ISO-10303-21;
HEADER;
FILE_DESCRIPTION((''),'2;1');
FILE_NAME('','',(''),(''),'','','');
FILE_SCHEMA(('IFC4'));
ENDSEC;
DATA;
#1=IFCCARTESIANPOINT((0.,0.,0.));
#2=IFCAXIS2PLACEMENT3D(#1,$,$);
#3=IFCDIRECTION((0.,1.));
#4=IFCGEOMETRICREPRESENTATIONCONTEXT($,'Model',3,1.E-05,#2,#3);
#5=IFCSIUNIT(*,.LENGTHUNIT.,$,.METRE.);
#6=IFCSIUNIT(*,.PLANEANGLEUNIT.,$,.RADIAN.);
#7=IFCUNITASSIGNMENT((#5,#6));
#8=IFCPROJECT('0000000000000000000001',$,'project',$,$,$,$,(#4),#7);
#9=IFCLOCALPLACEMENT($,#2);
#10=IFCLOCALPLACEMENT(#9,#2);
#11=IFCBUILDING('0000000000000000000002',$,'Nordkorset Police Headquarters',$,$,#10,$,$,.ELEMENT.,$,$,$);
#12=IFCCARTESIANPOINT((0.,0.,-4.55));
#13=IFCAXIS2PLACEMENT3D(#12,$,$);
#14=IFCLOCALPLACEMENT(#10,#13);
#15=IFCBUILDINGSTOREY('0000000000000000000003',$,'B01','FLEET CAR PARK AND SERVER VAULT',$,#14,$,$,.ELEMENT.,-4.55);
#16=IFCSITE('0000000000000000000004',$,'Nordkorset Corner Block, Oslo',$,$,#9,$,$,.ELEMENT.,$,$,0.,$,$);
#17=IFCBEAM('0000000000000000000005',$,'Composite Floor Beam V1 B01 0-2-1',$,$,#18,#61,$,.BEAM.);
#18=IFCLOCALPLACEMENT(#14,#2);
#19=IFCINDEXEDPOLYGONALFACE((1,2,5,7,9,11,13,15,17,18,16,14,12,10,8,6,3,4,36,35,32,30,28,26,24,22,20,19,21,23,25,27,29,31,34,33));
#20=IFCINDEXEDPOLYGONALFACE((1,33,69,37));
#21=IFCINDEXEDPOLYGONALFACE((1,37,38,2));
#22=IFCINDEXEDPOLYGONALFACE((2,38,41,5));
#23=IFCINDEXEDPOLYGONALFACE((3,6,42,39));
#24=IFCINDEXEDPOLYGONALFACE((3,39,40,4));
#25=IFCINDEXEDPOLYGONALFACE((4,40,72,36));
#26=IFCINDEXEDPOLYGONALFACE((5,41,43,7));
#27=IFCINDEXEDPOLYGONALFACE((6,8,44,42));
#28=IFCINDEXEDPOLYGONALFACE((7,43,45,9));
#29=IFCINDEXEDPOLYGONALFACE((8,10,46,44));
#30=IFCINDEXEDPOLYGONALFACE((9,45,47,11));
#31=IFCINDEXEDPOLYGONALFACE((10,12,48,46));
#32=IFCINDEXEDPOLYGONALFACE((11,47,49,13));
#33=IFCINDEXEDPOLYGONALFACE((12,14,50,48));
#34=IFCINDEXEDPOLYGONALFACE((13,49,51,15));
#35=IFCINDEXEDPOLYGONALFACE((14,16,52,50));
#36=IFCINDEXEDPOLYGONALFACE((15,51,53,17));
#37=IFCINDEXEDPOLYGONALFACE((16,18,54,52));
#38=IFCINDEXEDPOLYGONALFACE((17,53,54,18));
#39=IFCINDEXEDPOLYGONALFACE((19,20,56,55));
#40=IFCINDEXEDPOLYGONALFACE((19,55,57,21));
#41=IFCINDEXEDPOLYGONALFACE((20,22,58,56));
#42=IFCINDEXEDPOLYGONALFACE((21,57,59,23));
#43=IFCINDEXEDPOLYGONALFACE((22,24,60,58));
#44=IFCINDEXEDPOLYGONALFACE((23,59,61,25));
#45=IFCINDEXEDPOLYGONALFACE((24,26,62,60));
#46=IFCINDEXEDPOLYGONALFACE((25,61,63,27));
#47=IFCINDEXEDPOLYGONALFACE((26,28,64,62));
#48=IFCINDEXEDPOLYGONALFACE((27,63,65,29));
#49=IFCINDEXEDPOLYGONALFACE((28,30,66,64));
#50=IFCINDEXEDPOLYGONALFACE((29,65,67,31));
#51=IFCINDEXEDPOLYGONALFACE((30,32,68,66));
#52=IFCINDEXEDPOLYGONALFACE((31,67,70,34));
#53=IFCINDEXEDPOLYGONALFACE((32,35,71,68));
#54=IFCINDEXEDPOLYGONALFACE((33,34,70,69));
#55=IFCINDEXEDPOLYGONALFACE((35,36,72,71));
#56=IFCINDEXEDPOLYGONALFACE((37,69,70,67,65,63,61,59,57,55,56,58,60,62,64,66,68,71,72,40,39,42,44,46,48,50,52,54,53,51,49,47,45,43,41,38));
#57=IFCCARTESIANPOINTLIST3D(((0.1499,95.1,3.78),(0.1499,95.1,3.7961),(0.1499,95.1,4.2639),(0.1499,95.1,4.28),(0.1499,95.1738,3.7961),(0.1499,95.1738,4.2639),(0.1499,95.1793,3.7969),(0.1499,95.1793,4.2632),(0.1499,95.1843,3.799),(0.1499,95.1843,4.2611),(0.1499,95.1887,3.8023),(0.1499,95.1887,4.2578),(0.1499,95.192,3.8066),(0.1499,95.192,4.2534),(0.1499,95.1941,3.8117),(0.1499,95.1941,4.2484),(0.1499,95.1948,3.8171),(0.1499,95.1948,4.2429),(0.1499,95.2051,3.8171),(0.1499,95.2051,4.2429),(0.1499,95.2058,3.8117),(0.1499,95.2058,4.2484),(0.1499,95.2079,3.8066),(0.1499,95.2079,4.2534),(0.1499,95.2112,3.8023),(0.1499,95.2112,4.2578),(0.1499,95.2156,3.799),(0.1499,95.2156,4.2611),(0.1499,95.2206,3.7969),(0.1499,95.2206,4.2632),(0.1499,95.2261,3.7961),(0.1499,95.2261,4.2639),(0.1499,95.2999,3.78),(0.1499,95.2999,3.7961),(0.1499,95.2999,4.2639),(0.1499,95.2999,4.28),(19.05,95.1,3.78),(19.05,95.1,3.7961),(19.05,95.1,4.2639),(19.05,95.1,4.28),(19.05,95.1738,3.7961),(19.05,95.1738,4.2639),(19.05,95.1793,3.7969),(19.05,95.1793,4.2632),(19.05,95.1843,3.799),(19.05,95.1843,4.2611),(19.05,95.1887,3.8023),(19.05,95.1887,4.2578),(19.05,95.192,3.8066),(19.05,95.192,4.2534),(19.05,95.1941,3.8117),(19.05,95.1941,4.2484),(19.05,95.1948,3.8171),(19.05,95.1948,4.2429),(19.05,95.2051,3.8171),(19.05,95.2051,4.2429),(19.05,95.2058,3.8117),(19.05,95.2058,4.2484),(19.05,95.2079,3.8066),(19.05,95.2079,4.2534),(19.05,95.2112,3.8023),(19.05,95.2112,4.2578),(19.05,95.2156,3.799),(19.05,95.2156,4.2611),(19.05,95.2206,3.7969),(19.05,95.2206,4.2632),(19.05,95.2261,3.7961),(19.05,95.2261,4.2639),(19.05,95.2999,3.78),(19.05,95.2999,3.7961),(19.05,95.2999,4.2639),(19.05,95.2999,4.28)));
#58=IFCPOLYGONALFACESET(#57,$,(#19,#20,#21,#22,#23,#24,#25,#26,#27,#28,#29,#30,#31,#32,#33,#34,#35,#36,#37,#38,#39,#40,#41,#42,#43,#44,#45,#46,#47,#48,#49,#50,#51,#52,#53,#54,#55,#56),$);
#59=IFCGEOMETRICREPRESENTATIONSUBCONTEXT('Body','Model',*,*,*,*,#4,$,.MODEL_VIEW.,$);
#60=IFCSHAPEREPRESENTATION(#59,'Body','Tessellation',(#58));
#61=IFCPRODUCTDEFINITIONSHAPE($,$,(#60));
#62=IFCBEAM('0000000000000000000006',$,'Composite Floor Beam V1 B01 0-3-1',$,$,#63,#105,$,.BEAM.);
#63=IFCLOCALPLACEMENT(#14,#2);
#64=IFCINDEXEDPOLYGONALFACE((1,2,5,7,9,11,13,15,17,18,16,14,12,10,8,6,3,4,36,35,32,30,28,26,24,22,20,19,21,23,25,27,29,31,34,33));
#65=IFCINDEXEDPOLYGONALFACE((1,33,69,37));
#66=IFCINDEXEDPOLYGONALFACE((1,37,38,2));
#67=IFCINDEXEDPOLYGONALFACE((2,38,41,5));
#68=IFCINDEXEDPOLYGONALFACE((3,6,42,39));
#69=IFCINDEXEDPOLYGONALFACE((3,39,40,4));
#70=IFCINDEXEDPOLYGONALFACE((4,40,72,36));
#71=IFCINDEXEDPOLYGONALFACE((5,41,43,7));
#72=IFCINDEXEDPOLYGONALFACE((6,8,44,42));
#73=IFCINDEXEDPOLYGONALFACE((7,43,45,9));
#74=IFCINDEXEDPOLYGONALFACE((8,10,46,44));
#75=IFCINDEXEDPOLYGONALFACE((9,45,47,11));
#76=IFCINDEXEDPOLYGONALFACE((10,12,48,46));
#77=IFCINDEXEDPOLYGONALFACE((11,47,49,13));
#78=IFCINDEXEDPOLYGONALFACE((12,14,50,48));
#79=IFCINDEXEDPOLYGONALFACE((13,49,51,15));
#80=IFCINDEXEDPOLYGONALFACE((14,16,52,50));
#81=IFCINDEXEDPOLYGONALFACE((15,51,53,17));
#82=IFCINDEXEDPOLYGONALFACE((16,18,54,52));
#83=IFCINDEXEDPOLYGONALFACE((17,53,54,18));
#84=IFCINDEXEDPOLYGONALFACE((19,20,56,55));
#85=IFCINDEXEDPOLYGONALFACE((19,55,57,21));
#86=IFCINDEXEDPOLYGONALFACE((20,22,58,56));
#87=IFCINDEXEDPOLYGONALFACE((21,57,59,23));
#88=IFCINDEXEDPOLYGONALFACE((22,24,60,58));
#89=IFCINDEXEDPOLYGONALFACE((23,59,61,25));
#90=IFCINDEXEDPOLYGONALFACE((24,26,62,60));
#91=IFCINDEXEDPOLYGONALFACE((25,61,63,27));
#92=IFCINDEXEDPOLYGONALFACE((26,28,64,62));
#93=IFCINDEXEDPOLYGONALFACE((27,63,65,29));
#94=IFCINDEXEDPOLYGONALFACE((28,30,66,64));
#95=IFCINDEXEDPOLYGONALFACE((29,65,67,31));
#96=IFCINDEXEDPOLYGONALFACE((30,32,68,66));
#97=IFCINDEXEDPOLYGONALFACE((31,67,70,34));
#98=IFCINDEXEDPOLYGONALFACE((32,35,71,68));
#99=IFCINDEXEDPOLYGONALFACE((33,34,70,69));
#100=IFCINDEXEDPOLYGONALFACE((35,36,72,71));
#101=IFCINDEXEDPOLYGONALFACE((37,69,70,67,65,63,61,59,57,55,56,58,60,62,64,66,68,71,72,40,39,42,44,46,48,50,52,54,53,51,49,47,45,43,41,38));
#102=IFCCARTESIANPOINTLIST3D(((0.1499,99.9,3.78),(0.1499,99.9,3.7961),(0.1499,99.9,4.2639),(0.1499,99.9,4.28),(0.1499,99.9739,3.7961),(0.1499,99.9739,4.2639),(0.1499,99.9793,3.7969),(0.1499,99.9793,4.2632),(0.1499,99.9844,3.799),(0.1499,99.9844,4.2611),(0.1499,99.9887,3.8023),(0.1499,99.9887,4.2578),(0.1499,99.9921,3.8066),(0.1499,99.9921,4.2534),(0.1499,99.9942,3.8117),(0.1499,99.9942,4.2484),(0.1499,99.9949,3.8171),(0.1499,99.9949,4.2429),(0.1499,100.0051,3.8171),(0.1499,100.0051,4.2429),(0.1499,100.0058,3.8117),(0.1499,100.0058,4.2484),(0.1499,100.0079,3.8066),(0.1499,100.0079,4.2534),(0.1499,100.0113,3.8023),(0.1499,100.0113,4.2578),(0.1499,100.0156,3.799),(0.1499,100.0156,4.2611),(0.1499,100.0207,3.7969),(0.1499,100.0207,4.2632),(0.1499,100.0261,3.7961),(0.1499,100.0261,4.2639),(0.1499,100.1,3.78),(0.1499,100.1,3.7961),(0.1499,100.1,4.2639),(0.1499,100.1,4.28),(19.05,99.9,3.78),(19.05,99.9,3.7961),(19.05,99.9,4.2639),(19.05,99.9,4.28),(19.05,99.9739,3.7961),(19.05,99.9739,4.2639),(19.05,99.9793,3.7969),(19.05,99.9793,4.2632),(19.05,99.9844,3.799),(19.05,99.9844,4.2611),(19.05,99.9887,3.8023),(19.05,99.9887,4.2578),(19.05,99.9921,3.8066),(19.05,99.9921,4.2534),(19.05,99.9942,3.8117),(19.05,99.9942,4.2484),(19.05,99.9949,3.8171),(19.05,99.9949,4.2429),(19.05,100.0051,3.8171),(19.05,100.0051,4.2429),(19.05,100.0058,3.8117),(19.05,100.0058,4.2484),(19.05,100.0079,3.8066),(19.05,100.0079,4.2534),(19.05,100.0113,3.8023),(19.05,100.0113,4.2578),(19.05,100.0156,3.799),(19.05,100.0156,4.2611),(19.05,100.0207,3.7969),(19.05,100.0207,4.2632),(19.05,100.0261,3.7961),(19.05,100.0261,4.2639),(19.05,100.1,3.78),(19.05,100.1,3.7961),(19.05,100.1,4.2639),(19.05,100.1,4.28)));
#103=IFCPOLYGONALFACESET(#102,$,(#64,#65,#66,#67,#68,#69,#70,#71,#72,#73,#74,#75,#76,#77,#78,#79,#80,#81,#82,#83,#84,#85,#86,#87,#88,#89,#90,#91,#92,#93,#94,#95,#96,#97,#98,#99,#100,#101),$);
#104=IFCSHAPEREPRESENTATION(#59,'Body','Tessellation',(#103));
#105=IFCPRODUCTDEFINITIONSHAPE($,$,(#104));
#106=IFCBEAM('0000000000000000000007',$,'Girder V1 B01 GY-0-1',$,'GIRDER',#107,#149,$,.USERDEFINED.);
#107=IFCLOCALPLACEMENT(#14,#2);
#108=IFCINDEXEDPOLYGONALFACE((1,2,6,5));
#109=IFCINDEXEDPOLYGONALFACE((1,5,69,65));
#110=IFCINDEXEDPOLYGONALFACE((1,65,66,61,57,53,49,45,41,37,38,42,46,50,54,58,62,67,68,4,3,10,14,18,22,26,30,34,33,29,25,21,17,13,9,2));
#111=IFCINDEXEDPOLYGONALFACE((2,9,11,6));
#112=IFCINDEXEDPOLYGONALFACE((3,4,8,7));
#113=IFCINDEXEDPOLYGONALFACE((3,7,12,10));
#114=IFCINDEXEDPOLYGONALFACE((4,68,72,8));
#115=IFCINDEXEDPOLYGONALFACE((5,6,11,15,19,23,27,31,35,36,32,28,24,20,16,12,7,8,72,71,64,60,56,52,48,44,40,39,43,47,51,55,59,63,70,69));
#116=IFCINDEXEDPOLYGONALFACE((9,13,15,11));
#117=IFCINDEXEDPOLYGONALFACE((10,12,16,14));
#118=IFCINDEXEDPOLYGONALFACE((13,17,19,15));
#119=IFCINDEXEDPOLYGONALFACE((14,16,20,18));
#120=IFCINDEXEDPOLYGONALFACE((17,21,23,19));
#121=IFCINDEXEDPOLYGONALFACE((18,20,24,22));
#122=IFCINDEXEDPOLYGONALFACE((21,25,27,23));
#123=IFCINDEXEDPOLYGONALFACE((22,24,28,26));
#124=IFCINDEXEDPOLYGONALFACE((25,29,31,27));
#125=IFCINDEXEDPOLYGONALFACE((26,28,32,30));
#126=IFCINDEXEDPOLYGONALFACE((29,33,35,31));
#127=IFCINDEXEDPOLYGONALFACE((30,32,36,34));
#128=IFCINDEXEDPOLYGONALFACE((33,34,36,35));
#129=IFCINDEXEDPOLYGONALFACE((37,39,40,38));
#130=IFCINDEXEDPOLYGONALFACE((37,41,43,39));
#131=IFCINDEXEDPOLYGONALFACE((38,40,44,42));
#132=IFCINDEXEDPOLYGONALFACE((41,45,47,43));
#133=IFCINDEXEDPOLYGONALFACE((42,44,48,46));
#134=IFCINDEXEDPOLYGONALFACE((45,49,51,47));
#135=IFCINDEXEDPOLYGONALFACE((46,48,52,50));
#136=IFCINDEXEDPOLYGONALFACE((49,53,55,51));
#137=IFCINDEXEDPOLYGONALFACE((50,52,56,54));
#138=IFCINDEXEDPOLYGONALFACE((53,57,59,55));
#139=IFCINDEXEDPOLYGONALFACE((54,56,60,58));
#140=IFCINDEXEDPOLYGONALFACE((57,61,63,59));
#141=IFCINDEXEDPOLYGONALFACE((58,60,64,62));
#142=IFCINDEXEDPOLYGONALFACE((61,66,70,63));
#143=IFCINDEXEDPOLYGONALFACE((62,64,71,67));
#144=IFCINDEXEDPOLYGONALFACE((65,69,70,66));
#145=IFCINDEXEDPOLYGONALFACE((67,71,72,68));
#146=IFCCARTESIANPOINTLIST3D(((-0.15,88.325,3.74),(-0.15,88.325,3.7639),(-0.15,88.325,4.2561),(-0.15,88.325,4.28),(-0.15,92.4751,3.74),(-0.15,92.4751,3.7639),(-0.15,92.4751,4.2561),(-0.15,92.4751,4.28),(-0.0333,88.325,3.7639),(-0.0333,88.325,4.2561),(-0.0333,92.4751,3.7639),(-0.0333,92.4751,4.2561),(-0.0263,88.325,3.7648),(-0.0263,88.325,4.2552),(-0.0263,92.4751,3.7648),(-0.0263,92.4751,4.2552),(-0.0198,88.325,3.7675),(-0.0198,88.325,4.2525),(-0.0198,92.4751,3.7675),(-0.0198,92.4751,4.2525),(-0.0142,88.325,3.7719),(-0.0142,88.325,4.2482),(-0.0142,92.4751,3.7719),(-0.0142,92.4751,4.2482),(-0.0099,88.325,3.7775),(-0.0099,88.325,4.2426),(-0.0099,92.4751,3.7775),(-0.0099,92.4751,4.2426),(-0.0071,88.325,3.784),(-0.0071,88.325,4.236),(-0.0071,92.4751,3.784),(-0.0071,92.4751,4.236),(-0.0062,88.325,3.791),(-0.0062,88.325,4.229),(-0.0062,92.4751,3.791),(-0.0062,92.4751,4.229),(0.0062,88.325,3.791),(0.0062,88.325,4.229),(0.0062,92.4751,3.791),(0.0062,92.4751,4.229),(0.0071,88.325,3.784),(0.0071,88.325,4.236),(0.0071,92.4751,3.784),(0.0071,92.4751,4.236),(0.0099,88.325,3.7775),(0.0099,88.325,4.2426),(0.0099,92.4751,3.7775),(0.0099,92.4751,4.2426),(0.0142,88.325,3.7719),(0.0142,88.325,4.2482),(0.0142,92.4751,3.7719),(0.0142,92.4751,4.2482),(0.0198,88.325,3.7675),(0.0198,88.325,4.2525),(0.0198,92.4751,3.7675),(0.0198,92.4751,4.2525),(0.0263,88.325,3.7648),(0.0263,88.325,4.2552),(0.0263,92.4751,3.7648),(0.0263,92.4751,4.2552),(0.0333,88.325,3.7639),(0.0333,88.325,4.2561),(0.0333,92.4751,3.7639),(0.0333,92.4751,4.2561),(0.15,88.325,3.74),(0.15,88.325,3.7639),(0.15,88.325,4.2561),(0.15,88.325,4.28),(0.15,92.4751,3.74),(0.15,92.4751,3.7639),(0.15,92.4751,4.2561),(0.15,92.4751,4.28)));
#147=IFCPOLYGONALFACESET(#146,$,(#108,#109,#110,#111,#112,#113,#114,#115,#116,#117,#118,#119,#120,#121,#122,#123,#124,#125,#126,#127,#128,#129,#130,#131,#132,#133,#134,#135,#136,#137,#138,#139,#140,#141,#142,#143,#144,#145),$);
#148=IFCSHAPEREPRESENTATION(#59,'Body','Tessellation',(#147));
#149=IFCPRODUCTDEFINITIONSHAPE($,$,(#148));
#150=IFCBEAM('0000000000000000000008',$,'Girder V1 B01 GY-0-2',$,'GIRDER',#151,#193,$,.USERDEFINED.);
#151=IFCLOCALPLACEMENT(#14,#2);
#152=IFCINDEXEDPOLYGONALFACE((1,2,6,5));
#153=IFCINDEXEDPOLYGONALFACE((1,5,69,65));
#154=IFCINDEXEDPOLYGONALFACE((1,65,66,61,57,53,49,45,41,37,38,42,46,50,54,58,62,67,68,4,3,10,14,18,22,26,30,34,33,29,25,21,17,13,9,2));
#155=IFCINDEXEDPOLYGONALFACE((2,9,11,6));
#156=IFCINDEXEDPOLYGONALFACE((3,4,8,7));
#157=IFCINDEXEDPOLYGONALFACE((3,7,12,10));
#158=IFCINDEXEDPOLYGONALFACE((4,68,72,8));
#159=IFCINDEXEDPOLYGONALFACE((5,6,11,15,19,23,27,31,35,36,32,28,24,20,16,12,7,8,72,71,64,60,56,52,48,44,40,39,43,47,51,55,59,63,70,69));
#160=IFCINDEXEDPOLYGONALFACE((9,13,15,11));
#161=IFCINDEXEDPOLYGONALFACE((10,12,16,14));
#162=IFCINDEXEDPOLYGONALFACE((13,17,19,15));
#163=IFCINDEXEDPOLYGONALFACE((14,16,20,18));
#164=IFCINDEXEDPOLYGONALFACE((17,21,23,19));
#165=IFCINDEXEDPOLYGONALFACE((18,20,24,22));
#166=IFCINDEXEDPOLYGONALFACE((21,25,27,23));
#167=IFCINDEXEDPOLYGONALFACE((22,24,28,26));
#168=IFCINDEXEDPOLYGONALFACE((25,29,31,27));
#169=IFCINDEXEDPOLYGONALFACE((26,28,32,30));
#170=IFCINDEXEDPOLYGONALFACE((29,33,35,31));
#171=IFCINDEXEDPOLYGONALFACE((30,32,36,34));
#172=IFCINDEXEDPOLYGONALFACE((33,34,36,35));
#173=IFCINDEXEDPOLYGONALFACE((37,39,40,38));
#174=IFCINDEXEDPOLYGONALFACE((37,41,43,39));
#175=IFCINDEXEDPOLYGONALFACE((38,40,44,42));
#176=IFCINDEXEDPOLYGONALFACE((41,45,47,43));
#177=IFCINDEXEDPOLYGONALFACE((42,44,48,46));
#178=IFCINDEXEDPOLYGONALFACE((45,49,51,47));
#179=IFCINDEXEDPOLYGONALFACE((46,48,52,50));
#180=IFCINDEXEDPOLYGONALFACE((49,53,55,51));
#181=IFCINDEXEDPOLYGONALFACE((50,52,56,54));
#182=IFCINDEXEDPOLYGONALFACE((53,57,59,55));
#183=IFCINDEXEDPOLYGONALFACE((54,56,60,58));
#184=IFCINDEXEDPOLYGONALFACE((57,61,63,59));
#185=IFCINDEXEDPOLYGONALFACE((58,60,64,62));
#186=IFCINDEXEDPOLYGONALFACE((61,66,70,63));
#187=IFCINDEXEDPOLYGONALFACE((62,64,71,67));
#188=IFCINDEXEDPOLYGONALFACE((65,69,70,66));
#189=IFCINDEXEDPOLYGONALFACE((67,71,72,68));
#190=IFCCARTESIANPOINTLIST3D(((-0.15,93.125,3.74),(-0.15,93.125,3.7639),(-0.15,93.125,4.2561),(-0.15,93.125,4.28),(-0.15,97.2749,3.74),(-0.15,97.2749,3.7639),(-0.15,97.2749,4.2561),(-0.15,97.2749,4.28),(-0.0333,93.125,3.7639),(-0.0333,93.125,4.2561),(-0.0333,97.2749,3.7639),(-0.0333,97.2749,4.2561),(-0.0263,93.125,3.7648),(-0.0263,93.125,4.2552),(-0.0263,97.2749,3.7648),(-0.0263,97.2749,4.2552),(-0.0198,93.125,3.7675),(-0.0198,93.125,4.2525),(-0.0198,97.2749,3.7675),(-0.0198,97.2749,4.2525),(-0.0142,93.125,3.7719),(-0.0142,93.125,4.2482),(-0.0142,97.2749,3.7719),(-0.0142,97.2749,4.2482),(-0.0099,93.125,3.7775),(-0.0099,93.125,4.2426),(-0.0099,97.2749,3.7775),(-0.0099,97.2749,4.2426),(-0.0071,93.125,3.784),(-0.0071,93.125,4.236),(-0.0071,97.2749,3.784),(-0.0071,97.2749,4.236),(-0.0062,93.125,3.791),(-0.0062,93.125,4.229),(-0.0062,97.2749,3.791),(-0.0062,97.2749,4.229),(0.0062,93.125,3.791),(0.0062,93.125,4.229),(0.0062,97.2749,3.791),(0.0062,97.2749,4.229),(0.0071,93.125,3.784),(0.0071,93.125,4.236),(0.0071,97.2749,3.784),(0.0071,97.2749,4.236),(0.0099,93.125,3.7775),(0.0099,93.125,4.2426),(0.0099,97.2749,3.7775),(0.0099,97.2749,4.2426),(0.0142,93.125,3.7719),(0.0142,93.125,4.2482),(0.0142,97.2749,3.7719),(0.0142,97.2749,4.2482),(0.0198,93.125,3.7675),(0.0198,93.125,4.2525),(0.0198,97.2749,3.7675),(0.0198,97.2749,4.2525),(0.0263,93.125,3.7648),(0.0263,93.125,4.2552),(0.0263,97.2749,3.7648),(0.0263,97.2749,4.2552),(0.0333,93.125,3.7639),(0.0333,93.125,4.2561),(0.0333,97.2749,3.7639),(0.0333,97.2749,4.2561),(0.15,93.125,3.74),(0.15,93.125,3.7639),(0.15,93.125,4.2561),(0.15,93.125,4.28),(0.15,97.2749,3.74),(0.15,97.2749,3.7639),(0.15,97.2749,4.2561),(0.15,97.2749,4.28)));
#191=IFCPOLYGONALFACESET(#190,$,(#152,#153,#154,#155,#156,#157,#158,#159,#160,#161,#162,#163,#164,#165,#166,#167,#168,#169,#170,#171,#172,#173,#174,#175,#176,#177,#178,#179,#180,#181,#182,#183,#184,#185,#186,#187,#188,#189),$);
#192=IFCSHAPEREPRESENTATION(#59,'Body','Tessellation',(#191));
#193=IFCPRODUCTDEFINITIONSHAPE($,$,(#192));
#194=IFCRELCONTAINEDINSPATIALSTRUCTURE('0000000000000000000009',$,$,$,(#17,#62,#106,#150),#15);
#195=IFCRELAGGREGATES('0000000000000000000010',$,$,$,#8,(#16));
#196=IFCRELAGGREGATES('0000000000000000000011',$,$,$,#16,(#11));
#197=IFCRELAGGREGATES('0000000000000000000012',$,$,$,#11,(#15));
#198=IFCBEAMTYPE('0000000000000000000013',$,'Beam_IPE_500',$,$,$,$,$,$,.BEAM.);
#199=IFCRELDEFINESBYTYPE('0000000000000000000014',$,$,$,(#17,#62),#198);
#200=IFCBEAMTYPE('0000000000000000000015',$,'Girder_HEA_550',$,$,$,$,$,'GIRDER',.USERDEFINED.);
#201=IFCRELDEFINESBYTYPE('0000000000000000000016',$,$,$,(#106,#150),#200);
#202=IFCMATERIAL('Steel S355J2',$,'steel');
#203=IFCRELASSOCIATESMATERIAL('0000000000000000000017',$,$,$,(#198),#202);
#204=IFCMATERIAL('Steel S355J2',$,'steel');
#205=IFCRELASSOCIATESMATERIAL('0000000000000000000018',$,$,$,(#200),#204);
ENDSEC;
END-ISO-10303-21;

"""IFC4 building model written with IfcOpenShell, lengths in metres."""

from ifc_helpers import new_model, si_unit, direction, frame, origin, origin_2d, place, context, subcontext, project, spatial, i_section, extrude, material, material_profile, profile_set, type_object, element, save


model = new_model("IFC4")

# Units and contexts
model_context = context("Model", 3, precision=1e-05, world=origin(), true_north=direction((0.0, 1.0)))
body_context = subcontext(model_context, "Body", "Model", "MODEL_VIEW")
ifc_project = project(units=[si_unit("LENGTHUNIT", "METRE"), si_unit("PLANEANGLEUNIT", "RADIAN")], contexts=[model_context])

# Site, building, storey
site_placement = place(None, origin())
site = spatial("IfcSite", under=ifc_project, at=site_placement, Name="Nordkorset Corner Block, Oslo", CompositionType="ELEMENT", RefElevation=0.0)
building_placement = place(site_placement, origin())
building = spatial("IfcBuilding", under=site, at=building_placement, Name="Nordkorset Police Headquarters", CompositionType="ELEMENT")
storey_placement = place(building_placement, frame((0.0, 0.0, -4.55)))
storey = spatial("IfcBuildingStorey", under=building, at=storey_placement, Name="B01", Description="FLEET CAR PARK AND SERVER VAULT", CompositionType="ELEMENT", Elevation=-4.55)

# Beams
ifc_material_1 = material(Name="Steel S355J2", Category="steel")
ifc_material_profile_1 = material_profile(ifc_material_1, i_section(OverallWidth=0.2, OverallDepth=0.5, WebThickness=0.0103, FlangeThickness=0.0161, FilletRadius=0.021, at=origin_2d()), Name="IPE 500")
ifc_profile_set_1 = profile_set([ifc_material_profile_1], Name="Steel S355J2")
beam_type_1 = type_object("IfcBeamType", Name="Beam_IPE_500", PredefinedType="BEAM", material=ifc_profile_set_1)
for number, where, z_axis, x_axis, name in (
    (1, (0.1499, 95.2, 4.03), (1.0, 0.0, 0.0), (0.0, 1.0, 0.0), "Composite Floor Beam V1 B01 0-2-1"),
    (2, (0.1499, 100.0, 4.03), (1.0, 0.0, 0.0), (0.0, 1.0, 0.0), "Composite Floor Beam V1 B01 0-3-1"),
):
    element("IfcBeam", number, at=place(storey_placement, frame(where, z_axis=z_axis, x_axis=x_axis)), inside=storey, type_object=beam_type_1, Name=name, PredefinedType="BEAM", context=body_context, shape_type="SweptSolid", body=[
        extrude(i_section(OverallWidth=0.2, OverallDepth=0.5, WebThickness=0.0103, FlangeThickness=0.0161, FilletRadius=0.021, at=origin_2d()), origin(), (0.0, 0.0, 1.0), 18.9001),
    ])
ifc_material_2 = material(Name="Steel S355J2", Category="steel")
ifc_material_profile_2 = material_profile(ifc_material_2, i_section(OverallWidth=0.3, OverallDepth=0.54, WebThickness=0.0125, FlangeThickness=0.0239, FilletRadius=0.0271, at=origin_2d()), Name="HEA 550")
ifc_profile_set_2 = profile_set([ifc_material_profile_2], Name="Steel S355J2")
beam_type_2 = type_object("IfcBeamType", Name="Girder_HEA_550", ElementType="GIRDER", PredefinedType="USERDEFINED", material=ifc_profile_set_2)
beam_placement = place(storey_placement, frame((0.0, 88.325, 4.01), z_axis=(0.0, 1.0, 0.0), x_axis=(-1.0, 0.0, 0.0)))
element("IfcBeam", 3, at=beam_placement, inside=storey, type_object=beam_type_2, Name="Girder V1 B01 GY-0-1", ObjectType="GIRDER", PredefinedType="USERDEFINED", context=body_context, shape_type="SweptSolid", body=[
    extrude(i_section(OverallWidth=0.3, OverallDepth=0.54, WebThickness=0.0125, FlangeThickness=0.0239, FilletRadius=0.0271, at=origin_2d()), origin(), (0.0, 0.0, 1.0), 4.1501),
])
for number, where, z_axis, x_axis, name in (
    (4, (0.0, 93.125, 4.01), (0.0, 1.0, 0.0), (-1.0, 0.0, 0.0), "Girder V1 B01 GY-0-2"),
):
    element("IfcBeam", number, at=place(storey_placement, frame(where, z_axis=z_axis, x_axis=x_axis)), inside=storey, type_object=beam_type_2, Name=name, ObjectType="GIRDER", PredefinedType="USERDEFINED", context=body_context, shape_type="SweptSolid", body=[
        extrude(i_section(OverallWidth=0.3, OverallDepth=0.54, WebThickness=0.0125, FlangeThickness=0.0239, FilletRadius=0.0271, at=origin_2d()), origin(), (0.0, 0.0, 1.0), 4.1499),
    ])

save(model, "model.ifc")
